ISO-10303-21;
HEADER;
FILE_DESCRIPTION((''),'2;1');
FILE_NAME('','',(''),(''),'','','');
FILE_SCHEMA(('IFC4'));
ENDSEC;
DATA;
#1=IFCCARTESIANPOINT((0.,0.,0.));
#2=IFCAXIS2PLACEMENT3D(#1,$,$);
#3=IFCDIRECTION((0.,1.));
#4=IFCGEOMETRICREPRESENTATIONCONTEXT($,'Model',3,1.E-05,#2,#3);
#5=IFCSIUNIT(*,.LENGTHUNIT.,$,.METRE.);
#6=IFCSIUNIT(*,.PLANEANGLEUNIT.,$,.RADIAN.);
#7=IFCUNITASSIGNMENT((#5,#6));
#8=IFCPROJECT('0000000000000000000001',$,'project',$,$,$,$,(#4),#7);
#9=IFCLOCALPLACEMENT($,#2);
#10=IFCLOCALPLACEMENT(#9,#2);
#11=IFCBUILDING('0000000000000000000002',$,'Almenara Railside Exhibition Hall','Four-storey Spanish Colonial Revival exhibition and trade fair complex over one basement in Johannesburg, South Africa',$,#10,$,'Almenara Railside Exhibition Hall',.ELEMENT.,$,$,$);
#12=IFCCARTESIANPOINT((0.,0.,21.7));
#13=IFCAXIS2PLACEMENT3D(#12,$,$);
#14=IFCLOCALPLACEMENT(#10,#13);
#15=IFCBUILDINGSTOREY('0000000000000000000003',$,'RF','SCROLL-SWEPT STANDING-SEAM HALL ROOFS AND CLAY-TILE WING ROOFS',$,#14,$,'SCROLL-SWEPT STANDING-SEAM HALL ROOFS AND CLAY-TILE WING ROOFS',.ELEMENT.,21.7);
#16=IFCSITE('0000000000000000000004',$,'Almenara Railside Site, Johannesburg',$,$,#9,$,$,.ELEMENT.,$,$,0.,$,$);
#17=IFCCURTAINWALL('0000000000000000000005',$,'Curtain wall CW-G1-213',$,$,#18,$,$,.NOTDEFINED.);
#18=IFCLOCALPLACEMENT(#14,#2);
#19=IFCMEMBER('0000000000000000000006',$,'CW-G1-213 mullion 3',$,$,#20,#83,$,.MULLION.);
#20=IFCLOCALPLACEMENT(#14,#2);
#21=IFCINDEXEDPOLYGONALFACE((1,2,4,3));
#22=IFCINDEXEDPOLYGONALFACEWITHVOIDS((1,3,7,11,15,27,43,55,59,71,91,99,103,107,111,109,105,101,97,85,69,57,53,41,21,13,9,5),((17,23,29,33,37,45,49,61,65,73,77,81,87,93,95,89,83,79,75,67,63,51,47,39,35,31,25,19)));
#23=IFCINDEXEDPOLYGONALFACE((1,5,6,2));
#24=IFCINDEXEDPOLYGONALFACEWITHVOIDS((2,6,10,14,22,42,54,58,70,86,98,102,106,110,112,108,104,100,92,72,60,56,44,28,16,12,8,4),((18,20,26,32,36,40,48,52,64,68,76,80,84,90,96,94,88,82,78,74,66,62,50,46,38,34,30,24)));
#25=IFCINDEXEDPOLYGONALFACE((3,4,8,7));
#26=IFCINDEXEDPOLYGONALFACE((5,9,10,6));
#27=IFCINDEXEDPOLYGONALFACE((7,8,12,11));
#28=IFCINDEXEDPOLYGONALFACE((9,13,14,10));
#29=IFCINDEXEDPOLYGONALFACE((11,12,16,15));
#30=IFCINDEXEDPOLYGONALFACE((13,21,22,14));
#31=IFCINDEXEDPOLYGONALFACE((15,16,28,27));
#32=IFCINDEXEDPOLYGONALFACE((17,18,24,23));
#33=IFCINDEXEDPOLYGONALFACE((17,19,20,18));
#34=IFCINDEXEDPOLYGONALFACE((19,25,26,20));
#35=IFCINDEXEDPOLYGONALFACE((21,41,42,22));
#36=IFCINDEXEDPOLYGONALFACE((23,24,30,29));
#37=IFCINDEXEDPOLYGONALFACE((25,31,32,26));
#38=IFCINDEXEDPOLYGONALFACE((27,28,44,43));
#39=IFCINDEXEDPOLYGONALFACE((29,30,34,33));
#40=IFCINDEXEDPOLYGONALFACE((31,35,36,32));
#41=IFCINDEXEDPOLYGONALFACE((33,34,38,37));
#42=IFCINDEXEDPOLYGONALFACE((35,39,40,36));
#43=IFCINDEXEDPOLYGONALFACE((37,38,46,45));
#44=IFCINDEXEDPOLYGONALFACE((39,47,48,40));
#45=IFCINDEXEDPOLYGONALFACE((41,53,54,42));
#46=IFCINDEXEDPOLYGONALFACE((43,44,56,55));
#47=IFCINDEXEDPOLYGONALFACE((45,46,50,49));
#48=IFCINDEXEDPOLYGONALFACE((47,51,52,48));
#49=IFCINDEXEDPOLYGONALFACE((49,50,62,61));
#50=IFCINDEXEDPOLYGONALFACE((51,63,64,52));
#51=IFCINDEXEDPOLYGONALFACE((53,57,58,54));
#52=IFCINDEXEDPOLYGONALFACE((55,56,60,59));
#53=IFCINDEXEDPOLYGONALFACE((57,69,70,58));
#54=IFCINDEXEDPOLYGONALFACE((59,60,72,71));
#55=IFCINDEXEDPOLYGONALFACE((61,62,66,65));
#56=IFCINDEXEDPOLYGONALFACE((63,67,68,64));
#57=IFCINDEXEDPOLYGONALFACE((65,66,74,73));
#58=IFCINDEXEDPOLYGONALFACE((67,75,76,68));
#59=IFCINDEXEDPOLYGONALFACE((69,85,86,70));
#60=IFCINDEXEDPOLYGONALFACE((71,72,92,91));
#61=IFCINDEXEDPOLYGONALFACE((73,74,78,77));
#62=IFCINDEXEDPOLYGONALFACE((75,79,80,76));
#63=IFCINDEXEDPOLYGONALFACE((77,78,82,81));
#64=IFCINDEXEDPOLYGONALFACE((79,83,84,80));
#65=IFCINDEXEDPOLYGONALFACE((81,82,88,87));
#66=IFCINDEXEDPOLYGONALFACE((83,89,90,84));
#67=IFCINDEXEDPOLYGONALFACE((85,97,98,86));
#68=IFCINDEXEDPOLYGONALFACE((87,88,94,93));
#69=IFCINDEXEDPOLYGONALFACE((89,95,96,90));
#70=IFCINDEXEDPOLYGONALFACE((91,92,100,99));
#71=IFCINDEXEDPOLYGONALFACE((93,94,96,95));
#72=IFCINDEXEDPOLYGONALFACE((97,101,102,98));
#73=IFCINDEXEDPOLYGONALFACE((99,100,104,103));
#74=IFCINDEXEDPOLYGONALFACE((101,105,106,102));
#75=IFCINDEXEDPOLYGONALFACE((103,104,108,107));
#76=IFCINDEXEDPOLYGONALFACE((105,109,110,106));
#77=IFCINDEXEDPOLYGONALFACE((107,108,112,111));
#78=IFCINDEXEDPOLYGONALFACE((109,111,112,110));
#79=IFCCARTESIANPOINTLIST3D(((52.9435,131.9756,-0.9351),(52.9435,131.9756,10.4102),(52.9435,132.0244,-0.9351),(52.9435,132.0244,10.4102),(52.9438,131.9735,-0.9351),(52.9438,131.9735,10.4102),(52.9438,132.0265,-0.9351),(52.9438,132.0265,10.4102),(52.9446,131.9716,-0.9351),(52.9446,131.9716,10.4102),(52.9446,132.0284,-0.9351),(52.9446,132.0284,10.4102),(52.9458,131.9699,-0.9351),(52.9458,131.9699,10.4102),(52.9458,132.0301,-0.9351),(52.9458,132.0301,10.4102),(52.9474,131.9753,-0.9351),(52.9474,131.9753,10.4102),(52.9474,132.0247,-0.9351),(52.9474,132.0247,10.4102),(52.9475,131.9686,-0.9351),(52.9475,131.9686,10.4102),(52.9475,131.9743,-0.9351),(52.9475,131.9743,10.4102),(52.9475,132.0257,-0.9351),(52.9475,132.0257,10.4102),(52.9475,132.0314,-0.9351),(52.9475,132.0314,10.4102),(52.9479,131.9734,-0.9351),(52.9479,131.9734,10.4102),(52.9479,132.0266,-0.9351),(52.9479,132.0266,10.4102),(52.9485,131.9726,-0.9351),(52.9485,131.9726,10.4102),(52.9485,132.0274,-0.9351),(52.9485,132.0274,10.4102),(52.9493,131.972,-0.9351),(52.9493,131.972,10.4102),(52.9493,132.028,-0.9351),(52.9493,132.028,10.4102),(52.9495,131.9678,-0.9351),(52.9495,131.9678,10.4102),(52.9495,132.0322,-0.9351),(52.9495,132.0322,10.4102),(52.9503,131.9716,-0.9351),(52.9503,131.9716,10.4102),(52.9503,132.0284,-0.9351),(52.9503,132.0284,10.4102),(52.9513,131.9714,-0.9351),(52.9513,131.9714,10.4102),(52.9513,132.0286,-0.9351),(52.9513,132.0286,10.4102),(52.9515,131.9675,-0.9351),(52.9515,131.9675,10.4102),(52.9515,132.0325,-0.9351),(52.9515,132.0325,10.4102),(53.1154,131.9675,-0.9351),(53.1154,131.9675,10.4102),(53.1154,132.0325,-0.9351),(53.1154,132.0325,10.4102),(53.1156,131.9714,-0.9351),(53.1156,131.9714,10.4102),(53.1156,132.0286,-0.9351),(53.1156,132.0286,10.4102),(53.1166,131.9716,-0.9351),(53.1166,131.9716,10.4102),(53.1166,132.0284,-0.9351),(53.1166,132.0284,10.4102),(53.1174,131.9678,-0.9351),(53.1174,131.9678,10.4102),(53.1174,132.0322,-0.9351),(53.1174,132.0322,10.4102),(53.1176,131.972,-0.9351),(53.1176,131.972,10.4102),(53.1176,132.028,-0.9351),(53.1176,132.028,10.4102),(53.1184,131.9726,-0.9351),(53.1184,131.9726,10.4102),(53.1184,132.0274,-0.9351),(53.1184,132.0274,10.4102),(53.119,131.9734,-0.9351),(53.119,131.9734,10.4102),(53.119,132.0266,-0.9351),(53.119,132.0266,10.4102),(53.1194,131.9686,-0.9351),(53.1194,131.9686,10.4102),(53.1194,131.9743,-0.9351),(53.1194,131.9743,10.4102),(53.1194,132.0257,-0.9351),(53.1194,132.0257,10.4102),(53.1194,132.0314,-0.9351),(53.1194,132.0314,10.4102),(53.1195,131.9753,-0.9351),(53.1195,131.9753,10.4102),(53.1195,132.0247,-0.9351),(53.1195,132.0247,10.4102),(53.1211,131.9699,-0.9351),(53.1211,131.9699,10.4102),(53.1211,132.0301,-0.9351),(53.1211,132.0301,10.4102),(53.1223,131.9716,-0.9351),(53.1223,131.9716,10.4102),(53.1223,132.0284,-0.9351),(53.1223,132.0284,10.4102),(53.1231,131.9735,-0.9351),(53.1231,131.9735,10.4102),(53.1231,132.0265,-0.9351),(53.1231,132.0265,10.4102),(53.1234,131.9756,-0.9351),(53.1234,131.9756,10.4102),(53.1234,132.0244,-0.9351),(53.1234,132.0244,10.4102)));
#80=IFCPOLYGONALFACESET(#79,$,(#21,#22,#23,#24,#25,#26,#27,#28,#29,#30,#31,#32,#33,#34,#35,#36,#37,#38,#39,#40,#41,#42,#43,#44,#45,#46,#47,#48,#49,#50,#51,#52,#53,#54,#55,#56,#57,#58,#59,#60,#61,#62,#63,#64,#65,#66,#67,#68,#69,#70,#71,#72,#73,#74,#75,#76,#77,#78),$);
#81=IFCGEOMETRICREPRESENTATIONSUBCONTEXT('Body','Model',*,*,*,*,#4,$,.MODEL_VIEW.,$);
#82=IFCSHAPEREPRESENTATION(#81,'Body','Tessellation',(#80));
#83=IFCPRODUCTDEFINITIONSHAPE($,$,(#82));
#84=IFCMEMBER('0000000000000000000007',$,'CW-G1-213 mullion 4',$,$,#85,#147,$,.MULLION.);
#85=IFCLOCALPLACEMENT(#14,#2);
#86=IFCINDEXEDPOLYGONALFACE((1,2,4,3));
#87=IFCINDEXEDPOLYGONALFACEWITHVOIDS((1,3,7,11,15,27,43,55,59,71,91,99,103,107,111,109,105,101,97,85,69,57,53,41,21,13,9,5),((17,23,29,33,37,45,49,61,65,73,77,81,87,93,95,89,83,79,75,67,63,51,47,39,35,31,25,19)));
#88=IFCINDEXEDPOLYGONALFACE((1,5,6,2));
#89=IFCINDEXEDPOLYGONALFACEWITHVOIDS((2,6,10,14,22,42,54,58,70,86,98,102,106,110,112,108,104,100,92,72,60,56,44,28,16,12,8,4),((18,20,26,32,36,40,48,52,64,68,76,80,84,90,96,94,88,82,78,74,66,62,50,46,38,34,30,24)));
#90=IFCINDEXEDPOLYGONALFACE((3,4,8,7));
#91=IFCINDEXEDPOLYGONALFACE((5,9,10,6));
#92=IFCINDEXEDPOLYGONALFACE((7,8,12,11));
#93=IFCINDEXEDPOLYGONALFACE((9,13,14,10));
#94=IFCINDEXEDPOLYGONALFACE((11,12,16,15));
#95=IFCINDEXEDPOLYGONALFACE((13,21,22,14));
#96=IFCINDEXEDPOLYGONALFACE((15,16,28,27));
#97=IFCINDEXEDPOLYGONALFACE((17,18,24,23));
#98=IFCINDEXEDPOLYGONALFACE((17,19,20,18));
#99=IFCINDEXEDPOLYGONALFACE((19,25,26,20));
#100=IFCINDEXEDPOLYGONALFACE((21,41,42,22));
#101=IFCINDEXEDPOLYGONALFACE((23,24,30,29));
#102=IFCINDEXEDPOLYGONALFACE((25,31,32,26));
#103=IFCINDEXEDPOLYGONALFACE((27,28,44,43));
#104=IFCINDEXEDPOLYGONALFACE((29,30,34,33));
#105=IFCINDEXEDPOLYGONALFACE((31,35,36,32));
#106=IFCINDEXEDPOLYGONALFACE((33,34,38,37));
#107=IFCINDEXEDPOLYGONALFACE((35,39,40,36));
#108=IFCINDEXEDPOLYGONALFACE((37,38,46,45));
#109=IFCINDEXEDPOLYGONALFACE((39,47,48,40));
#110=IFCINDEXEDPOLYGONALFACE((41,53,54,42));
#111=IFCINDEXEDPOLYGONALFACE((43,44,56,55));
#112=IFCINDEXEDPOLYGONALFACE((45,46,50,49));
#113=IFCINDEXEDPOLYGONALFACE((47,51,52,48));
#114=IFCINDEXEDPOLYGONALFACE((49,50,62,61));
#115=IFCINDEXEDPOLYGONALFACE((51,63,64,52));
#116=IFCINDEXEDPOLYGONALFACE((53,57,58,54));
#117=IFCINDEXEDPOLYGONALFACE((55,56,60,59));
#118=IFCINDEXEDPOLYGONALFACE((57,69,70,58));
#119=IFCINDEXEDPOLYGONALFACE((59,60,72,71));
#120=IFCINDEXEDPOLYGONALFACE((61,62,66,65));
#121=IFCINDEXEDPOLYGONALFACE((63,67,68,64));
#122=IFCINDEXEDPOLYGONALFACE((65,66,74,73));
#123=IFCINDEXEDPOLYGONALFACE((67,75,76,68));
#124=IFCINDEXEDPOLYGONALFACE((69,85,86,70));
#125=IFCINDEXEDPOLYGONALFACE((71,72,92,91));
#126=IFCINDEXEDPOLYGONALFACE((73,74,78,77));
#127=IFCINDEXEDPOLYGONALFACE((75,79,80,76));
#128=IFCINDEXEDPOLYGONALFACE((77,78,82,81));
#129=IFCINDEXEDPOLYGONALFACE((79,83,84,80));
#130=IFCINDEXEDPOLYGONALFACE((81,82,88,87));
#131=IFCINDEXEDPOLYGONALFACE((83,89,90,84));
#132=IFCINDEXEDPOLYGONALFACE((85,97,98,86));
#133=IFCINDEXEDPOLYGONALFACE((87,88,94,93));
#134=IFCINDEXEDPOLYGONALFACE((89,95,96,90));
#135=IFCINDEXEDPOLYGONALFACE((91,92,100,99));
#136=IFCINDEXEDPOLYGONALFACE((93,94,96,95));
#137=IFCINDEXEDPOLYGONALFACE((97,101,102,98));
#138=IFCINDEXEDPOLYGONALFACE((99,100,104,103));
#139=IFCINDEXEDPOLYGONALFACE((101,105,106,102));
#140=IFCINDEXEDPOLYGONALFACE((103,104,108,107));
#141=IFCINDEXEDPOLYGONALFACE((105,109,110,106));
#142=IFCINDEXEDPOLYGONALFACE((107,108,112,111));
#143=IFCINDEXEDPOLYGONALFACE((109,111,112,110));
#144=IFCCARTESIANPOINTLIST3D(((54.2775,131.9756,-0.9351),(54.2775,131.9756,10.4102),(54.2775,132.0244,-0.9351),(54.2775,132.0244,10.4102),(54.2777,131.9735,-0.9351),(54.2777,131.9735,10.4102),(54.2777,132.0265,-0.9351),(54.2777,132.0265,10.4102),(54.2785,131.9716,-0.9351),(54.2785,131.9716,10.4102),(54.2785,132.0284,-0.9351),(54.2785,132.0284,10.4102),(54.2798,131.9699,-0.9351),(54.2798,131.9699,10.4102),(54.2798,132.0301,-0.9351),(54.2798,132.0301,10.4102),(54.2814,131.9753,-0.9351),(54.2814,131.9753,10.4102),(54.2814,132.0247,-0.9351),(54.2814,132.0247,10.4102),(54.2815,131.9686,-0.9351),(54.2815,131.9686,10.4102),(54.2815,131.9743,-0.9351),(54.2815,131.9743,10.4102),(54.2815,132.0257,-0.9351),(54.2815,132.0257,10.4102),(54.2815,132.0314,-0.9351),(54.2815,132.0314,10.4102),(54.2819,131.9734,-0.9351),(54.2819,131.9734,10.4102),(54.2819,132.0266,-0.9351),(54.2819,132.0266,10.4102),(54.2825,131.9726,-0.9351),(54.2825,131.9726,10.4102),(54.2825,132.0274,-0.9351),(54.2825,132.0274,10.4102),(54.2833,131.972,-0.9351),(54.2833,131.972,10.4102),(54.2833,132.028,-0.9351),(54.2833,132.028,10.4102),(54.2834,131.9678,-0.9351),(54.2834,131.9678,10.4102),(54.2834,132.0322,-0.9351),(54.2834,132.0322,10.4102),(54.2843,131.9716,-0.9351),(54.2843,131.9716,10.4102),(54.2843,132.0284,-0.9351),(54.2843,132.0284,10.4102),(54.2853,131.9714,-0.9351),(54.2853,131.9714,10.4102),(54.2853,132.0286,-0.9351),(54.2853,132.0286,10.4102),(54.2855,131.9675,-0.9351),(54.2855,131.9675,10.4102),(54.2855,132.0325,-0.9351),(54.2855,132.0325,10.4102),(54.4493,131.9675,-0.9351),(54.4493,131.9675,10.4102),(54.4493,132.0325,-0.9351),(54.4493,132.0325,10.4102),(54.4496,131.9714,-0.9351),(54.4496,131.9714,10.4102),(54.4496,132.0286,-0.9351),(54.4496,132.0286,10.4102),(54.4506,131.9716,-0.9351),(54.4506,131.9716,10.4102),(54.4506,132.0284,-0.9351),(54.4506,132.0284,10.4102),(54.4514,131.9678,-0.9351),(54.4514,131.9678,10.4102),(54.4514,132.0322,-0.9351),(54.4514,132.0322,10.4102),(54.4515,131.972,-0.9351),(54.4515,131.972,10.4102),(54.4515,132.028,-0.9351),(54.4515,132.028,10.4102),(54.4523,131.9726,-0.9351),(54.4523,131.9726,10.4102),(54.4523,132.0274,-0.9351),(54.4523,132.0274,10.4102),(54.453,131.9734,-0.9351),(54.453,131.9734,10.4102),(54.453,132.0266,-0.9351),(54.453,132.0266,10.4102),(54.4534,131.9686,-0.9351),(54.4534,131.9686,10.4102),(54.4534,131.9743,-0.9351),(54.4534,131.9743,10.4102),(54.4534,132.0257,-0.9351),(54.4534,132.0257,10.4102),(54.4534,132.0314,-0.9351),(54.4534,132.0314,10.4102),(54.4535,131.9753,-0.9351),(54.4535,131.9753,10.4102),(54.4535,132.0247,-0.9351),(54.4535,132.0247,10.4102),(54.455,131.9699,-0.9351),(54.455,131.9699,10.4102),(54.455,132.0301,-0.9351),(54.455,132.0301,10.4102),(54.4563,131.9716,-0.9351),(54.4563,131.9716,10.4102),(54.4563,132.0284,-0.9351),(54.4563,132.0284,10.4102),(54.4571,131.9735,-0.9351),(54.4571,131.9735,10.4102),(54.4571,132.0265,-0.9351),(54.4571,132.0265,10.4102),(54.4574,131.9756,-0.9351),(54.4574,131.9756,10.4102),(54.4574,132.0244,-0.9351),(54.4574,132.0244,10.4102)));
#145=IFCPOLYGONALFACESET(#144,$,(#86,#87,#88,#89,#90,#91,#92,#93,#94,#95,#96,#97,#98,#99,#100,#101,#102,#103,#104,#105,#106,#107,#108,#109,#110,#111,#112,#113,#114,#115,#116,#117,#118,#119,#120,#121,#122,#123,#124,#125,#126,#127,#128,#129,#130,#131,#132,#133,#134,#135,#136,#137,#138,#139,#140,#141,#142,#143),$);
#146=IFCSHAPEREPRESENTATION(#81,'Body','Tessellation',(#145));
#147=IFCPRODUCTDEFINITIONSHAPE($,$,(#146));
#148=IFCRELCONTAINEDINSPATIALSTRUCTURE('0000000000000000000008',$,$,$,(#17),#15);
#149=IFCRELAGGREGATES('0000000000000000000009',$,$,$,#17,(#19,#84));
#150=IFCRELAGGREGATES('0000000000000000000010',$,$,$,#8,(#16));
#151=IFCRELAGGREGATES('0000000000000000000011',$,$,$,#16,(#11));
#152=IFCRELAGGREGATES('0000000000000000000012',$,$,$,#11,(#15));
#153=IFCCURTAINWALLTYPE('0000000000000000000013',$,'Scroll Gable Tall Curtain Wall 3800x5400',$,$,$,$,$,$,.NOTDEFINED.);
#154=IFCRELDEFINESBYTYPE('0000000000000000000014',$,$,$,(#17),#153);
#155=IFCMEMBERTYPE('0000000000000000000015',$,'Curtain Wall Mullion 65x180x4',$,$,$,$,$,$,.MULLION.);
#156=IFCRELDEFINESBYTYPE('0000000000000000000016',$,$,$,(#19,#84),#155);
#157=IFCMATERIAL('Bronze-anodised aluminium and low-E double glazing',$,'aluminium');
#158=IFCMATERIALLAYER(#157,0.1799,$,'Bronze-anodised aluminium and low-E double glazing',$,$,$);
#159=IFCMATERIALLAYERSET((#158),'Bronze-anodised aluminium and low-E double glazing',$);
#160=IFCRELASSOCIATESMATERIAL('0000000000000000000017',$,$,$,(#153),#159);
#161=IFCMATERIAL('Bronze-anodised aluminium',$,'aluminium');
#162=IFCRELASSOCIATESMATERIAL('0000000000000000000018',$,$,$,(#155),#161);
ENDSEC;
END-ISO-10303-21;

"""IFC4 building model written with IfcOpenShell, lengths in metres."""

from ifc_helpers import new_model, si_unit, direction, frame, origin, origin_2d, place, context, subcontext, project, spatial, hollow_rectangle, extrude, material, layer, layer_set, material_profile, profile_set, type_object, element, aggregate, save


model = new_model("IFC4")

# Units and contexts
model_context = context("Model", 3, precision=1e-05, world=origin(), true_north=direction((0.0, 1.0)))
body_context = subcontext(model_context, "Body", "Model", "MODEL_VIEW")
ifc_project = project(units=[si_unit("LENGTHUNIT", "METRE"), si_unit("PLANEANGLEUNIT", "RADIAN")], contexts=[model_context])

# Site, building, storey
site_placement = place(None, origin())
site = spatial("IfcSite", under=ifc_project, at=site_placement, Name="Almenara Railside Site, Johannesburg", CompositionType="ELEMENT", RefElevation=0.0)
building_placement = place(site_placement, origin())
building = spatial("IfcBuilding", under=site, at=building_placement, Name="Almenara Railside Exhibition Hall", Description="Four-storey Spanish Colonial Revival exhibition and trade fair complex over one basement in Johannesburg, South Africa", LongName="Almenara Railside Exhibition Hall", CompositionType="ELEMENT")
storey_placement = place(building_placement, frame((0.0, 0.0, 21.7)))
storey = spatial("IfcBuildingStorey", under=building, at=storey_placement, Name="RF", Description="SCROLL-SWEPT STANDING-SEAM HALL ROOFS AND CLAY-TILE WING ROOFS", LongName="SCROLL-SWEPT STANDING-SEAM HALL ROOFS AND CLAY-TILE WING ROOFS", CompositionType="ELEMENT", Elevation=21.7)

# Shared definitions
ifc_material_1 = material(Name="Bronze-anodised aluminium and low-E double glazing", Category="aluminium")
ifc_layer_1 = layer(ifc_material_1, 0.1799, Name="Bronze-anodised aluminium and low-E double glazing")
ifc_layer_set_1 = layer_set([ifc_layer_1], Name="Bronze-anodised aluminium and low-E double glazing")
curtain_wall_type = type_object("IfcCurtainWallType", Name="Scroll Gable Tall Curtain Wall 3800x5400", PredefinedType="NOTDEFINED", material=ifc_layer_set_1)
ifc_material_2 = material(Name="Bronze-anodised aluminium", Category="aluminium")

# Curtain wall, members
curtain_wall_1_placement = place(storey_placement, origin())
curtain_wall_1 = element("IfcCurtainWall", 1, at=curtain_wall_1_placement, inside=storey, type_object=curtain_wall_type, Name="Curtain wall CW-G1-213", PredefinedType="NOTDEFINED")
ifc_material_profile_1 = material_profile(ifc_material_2, hollow_rectangle(XDim=0.0649, YDim=0.1799, WallThickness=0.0039, InnerFilletRadius=0.0039, OuterFilletRadius=0.0081, at=origin_2d()), Name="ALU-MUL 65x180x4")
ifc_profile_set_1 = profile_set([ifc_material_profile_1], Name="Bronze-anodised aluminium")
member_type_1 = type_object("IfcMemberType", Name="Curtain Wall Mullion 65x180x4", PredefinedType="MULLION", material=ifc_profile_set_1)
member_1_placement = place(storey_placement, frame((53.0334, 132.0, -0.9351), z_axis=(0.0, 0.0, 1.0), x_axis=(0.0, 1.0, 0.0)))
member_1 = element("IfcMember", 2, at=member_1_placement, type_object=member_type_1, Name="CW-G1-213 mullion 3", PredefinedType="MULLION", context=body_context, shape_type="SweptSolid", body=[
    extrude(hollow_rectangle(XDim=0.0649, YDim=0.1799, WallThickness=0.0039, InnerFilletRadius=0.0039, OuterFilletRadius=0.0081, at=origin_2d()), origin(), (0.0, 0.0, 1.0), 11.3452),
])
member_2_placement = place(storey_placement, frame((54.3674, 132.0, -0.9351), z_axis=(0.0, 0.0, 1.0), x_axis=(0.0, 1.0, 0.0)))
member_2 = element("IfcMember", 3, at=member_2_placement, type_object=member_type_1, Name="CW-G1-213 mullion 4", PredefinedType="MULLION", context=body_context, shape_type="SweptSolid", body=[
    extrude(hollow_rectangle(XDim=0.0649, YDim=0.1799, WallThickness=0.0039, InnerFilletRadius=0.0039, OuterFilletRadius=0.0081, at=origin_2d()), origin(), (0.0, 0.0, 1.0), 11.3452),
])

aggregate(curtain_wall_1, [member_1, member_2])

save(model, "model.ifc")
